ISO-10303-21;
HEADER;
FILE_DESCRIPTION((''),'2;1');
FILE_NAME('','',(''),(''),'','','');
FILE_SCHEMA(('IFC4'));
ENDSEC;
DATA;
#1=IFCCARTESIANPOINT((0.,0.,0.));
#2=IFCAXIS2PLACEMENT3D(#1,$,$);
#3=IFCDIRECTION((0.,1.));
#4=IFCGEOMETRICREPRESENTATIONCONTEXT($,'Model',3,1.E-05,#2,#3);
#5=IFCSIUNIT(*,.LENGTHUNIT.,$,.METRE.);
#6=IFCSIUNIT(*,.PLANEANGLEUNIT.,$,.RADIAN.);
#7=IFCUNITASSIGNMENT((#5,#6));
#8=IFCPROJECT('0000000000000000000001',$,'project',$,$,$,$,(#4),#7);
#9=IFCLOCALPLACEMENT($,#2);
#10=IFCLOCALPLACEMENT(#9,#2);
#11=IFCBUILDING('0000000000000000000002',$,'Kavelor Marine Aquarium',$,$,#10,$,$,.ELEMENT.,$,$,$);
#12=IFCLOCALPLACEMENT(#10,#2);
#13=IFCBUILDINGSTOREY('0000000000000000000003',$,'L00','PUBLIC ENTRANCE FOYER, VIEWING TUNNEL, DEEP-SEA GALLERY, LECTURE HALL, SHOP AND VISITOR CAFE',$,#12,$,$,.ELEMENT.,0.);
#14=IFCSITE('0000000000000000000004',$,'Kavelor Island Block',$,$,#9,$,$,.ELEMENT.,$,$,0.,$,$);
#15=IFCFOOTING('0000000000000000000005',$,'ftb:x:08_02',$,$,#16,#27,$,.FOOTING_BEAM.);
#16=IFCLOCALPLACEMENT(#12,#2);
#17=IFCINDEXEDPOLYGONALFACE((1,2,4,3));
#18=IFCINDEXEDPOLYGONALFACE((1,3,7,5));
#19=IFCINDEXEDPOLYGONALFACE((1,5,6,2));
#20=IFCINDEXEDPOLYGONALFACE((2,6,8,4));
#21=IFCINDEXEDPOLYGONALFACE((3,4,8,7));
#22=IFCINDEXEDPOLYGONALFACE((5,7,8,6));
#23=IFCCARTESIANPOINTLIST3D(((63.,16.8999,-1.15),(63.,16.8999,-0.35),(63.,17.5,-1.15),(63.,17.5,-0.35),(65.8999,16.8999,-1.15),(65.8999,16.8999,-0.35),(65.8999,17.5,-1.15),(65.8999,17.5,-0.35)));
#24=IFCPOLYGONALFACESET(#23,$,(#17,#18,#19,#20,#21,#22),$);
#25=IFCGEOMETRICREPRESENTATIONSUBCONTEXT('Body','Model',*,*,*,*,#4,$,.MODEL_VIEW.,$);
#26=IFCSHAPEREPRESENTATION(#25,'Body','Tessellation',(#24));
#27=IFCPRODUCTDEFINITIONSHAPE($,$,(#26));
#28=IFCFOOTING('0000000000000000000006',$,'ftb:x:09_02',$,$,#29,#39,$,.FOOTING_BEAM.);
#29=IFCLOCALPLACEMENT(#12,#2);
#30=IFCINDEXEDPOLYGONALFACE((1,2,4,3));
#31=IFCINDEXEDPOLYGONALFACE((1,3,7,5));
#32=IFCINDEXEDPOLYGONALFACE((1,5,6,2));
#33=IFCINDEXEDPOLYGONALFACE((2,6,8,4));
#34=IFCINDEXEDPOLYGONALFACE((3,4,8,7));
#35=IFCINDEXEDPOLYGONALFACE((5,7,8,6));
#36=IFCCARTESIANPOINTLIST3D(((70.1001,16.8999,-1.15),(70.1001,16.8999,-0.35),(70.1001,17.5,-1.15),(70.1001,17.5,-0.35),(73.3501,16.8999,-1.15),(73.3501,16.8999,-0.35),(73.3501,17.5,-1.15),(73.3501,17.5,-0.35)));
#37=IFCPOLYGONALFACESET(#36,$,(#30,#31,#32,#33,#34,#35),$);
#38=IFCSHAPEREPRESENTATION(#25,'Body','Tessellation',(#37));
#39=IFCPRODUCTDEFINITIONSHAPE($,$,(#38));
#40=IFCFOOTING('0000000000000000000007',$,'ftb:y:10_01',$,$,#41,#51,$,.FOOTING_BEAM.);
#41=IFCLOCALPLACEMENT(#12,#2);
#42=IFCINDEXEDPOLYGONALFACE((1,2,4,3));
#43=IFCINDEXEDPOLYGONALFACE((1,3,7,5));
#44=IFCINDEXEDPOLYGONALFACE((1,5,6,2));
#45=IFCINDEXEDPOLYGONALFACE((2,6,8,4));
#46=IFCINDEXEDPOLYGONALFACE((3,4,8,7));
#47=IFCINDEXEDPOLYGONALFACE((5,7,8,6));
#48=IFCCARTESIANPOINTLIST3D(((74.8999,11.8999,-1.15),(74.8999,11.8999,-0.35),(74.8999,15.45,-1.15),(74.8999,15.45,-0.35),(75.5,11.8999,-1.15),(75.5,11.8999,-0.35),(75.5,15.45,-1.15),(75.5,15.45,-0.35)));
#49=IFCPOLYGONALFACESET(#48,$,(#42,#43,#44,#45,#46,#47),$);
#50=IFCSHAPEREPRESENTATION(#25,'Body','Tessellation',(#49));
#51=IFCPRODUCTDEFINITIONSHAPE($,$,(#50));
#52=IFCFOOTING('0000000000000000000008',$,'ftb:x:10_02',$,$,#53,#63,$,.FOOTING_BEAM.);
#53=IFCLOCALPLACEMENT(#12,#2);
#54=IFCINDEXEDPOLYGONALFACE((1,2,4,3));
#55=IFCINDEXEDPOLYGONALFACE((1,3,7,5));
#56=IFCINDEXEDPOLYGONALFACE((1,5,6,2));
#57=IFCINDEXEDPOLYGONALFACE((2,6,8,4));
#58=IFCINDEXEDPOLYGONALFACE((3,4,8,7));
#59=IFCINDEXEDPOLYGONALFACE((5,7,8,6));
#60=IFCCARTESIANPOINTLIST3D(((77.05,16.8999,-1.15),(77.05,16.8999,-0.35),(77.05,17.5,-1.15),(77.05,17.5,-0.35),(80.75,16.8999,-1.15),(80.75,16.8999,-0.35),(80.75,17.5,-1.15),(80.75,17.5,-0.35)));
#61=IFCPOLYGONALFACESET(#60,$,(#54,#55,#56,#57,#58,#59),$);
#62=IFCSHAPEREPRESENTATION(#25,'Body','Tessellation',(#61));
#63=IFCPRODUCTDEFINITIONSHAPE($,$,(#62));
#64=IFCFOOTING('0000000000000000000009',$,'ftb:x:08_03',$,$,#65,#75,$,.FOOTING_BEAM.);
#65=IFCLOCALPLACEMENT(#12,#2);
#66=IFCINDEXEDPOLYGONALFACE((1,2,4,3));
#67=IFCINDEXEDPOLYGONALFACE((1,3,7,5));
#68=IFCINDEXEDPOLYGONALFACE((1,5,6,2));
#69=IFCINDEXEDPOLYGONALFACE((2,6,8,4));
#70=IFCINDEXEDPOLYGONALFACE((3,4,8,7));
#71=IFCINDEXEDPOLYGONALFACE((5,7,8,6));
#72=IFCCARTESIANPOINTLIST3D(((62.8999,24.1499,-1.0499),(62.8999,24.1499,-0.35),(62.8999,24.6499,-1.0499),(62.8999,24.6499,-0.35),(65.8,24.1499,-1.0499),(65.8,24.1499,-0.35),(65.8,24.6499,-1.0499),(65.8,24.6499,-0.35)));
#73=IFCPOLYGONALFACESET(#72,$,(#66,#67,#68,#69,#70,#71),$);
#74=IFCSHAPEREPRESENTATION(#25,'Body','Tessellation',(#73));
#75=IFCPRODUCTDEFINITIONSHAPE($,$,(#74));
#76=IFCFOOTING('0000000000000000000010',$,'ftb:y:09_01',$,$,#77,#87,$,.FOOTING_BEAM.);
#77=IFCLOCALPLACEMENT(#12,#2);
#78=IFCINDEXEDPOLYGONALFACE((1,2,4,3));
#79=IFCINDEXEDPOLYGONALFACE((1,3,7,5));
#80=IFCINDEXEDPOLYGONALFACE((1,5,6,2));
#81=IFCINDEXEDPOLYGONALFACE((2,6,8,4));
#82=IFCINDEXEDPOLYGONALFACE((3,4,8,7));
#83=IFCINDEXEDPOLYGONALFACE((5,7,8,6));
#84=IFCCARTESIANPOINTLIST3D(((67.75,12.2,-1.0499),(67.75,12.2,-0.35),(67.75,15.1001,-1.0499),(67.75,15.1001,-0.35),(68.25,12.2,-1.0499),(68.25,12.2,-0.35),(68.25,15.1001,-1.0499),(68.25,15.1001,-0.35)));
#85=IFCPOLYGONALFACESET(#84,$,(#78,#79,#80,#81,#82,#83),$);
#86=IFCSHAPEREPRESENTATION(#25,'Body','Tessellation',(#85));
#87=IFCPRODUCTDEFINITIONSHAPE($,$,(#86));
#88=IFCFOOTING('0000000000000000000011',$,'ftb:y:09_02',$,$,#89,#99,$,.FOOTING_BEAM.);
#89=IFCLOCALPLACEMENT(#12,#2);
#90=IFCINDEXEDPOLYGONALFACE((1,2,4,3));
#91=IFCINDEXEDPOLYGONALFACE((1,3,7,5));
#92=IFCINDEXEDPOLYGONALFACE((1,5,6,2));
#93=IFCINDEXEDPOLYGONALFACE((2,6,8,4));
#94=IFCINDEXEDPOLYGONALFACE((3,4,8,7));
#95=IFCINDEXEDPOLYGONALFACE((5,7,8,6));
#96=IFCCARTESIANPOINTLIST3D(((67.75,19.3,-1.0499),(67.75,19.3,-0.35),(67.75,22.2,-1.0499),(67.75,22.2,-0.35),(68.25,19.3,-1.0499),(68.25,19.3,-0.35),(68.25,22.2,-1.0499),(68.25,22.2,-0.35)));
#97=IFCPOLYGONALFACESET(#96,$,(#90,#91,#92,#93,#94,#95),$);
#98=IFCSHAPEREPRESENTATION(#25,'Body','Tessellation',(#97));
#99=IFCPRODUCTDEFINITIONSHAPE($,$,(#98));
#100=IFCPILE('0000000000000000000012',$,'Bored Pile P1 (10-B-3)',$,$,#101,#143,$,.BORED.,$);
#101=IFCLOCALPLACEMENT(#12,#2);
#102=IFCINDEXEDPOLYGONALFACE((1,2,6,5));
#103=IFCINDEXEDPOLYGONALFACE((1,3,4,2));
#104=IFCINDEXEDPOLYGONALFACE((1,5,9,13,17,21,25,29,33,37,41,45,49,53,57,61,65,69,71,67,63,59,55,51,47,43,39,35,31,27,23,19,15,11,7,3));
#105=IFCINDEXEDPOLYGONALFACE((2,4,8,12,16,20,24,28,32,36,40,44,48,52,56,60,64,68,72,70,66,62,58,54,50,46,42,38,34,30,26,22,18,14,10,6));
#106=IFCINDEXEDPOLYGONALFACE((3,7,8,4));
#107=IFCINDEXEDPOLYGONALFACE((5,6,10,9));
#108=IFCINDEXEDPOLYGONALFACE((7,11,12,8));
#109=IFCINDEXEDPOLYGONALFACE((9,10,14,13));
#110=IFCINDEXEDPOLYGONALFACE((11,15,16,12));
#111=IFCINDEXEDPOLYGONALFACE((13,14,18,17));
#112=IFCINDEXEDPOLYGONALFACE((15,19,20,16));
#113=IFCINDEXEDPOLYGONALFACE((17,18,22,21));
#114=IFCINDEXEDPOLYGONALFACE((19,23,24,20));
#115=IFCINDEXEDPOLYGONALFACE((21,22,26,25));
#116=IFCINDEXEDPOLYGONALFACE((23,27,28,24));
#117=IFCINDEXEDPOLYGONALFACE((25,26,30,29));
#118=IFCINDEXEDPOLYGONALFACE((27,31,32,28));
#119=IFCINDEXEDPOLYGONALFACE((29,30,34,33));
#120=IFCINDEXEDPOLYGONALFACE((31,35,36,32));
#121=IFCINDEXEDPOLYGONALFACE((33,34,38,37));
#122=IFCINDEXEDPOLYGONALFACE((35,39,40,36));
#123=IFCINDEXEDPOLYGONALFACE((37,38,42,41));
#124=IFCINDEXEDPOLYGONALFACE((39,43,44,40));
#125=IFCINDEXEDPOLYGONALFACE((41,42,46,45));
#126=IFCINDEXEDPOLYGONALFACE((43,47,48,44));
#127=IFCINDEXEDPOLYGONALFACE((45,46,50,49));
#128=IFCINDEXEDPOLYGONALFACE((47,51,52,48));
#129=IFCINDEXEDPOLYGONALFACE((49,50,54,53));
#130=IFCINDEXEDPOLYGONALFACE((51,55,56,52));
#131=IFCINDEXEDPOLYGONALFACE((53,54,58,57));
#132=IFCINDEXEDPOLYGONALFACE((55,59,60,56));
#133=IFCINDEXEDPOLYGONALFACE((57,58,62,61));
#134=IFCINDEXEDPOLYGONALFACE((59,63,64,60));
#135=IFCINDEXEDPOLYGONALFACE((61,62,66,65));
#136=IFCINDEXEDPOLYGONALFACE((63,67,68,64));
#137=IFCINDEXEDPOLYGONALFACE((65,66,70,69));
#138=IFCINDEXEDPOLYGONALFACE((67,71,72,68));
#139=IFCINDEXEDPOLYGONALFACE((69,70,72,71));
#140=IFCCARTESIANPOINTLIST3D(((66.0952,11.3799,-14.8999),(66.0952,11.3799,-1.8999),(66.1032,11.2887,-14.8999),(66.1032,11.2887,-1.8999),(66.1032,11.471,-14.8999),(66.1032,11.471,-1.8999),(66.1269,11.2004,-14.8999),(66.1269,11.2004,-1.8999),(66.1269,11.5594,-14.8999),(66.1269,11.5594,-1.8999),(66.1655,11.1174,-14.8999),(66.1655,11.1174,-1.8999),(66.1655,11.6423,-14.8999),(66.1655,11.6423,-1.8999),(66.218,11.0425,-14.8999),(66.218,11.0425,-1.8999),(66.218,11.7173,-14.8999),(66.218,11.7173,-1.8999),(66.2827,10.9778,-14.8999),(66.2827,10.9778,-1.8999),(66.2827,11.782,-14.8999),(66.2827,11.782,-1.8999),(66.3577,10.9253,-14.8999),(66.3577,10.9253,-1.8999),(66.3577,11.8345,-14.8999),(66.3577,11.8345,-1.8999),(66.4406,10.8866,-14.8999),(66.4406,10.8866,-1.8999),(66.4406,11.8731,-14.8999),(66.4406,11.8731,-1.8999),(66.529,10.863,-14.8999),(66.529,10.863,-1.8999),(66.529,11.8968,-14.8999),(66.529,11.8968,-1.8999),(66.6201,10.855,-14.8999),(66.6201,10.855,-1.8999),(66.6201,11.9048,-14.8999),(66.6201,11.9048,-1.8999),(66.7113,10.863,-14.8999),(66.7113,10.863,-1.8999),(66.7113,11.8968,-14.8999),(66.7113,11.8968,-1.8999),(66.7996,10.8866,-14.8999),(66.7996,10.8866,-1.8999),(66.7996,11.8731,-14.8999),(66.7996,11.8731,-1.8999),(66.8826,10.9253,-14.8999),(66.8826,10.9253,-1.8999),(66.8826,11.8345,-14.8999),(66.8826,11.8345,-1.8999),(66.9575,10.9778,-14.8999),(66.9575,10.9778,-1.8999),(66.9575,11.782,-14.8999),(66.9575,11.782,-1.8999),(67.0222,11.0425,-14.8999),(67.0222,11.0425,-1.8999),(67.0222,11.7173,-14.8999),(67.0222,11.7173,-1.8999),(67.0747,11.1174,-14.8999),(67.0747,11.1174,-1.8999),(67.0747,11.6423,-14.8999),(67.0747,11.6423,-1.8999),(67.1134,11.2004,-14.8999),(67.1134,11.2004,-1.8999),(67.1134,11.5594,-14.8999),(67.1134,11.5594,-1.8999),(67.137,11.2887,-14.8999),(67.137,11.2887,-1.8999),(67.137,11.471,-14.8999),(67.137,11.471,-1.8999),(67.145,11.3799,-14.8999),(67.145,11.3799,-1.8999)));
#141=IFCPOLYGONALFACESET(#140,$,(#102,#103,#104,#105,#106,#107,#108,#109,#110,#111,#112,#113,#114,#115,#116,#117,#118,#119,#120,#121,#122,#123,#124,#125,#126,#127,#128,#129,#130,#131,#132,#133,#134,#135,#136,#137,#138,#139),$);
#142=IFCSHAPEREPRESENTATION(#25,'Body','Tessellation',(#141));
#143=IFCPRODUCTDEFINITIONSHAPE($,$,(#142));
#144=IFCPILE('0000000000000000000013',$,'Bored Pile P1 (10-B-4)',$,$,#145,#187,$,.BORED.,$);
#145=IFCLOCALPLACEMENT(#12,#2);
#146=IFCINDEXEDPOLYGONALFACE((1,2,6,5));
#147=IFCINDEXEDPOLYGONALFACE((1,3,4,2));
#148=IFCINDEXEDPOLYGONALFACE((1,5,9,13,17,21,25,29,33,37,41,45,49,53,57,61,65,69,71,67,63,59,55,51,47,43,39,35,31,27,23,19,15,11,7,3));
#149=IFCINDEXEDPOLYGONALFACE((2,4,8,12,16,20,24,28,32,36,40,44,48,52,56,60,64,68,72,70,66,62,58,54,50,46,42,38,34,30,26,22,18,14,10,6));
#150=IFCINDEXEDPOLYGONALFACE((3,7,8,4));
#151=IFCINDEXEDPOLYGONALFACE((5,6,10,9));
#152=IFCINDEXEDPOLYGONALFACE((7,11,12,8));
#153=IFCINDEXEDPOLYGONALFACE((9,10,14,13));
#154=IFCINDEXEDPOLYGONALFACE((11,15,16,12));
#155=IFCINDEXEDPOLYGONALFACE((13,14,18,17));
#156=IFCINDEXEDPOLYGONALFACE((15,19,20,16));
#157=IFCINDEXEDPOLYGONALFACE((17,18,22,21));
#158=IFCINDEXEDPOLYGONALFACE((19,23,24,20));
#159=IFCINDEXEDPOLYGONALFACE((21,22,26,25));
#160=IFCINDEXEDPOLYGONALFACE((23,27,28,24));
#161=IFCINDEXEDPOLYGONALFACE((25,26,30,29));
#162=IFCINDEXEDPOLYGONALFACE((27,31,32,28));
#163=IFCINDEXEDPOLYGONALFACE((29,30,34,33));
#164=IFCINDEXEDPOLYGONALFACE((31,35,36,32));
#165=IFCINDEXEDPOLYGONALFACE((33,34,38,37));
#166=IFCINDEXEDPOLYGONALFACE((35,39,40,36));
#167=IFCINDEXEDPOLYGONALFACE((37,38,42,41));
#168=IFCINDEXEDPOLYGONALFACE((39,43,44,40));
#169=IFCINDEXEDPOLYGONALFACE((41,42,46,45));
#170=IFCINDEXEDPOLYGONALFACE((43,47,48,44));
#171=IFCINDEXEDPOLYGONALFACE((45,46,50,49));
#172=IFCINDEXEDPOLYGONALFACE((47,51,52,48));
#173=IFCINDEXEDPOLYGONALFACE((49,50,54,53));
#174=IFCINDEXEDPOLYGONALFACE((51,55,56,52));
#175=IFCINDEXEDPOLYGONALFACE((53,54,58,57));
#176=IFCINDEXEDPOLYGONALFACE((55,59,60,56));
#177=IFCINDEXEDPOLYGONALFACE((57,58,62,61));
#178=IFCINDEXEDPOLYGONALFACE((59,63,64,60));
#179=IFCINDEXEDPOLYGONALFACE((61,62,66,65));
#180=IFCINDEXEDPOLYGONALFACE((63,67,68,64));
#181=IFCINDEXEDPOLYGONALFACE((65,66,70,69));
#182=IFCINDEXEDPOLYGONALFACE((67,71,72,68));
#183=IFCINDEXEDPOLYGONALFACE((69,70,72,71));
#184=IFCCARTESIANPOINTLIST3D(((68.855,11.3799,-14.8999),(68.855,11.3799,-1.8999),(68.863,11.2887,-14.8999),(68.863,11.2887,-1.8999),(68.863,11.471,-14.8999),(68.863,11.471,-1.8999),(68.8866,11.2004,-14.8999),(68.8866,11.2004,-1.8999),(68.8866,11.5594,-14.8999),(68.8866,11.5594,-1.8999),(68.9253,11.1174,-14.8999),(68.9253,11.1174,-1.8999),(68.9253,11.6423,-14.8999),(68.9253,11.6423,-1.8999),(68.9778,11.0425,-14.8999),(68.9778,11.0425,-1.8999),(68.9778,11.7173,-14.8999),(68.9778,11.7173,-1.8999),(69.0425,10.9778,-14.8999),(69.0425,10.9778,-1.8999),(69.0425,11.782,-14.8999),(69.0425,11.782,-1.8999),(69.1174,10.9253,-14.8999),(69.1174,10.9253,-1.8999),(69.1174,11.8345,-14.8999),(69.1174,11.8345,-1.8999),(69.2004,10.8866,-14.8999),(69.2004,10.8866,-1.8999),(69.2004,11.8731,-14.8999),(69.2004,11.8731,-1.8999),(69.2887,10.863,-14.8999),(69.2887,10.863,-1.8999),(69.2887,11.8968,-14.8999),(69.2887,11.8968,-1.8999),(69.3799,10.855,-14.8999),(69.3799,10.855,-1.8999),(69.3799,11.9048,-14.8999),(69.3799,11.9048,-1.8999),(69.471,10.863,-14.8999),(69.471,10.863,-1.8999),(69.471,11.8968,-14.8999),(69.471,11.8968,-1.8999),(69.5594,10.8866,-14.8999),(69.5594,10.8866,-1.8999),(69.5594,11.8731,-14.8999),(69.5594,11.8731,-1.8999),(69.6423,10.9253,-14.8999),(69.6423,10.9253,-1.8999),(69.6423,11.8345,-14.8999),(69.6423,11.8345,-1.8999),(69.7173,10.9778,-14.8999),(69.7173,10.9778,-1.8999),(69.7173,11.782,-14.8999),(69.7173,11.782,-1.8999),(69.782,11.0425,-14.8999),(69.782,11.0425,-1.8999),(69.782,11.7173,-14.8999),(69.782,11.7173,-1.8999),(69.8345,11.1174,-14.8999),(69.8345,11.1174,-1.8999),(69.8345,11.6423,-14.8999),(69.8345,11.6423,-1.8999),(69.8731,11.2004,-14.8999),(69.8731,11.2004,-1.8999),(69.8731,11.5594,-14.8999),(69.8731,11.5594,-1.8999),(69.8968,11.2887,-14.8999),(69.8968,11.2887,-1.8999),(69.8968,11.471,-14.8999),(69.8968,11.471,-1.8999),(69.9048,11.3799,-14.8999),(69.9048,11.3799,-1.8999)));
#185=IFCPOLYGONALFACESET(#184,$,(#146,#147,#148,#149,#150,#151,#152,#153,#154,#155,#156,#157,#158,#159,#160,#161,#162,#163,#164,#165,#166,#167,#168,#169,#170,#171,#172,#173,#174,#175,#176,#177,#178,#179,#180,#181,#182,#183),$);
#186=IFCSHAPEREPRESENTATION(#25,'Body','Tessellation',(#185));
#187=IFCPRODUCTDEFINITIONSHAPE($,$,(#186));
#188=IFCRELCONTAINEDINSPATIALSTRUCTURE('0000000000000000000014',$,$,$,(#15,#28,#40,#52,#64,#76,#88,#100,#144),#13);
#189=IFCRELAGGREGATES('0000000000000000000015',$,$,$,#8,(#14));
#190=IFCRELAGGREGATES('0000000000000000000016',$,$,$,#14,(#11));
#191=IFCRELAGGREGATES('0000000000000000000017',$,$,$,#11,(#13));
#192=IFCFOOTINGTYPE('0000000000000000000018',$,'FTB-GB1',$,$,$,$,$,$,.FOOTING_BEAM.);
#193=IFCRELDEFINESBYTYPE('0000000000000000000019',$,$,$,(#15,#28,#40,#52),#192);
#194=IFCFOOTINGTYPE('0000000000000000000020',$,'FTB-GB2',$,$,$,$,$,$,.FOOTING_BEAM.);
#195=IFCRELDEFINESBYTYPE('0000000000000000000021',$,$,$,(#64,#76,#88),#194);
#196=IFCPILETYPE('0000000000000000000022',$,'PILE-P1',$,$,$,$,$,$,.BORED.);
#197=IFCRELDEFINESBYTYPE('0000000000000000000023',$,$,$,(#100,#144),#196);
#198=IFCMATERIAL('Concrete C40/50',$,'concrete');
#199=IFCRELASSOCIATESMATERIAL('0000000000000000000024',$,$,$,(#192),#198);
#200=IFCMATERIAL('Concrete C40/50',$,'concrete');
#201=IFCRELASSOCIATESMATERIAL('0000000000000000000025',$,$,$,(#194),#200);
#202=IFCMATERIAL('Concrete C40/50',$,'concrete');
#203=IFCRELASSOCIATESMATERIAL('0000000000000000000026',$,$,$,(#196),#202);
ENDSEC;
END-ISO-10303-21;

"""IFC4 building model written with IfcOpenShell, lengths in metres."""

from ifc_helpers import new_model, si_unit, direction, frame, origin, origin_2d, place, context, subcontext, project, spatial, rectangle, circle, extrude, material, material_profile, profile_set, type_object, element, save


model = new_model("IFC4")

# Units and contexts
model_context = context("Model", 3, precision=1e-05, world=origin(), true_north=direction((0.0, 1.0)))
body_context = subcontext(model_context, "Body", "Model", "MODEL_VIEW")
ifc_project = project(units=[si_unit("LENGTHUNIT", "METRE"), si_unit("PLANEANGLEUNIT", "RADIAN")], contexts=[model_context])

# Site, building, storey
site_placement = place(None, origin())
site = spatial("IfcSite", under=ifc_project, at=site_placement, Name="Kavelor Island Block", CompositionType="ELEMENT", RefElevation=0.0)
building_placement = place(site_placement, origin())
building = spatial("IfcBuilding", under=site, at=building_placement, Name="Kavelor Marine Aquarium", CompositionType="ELEMENT")
storey_placement = place(building_placement, origin())
storey = spatial("IfcBuildingStorey", under=building, at=storey_placement, Name="L00", Description="PUBLIC ENTRANCE FOYER, VIEWING TUNNEL, DEEP-SEA GALLERY, LECTURE HALL, SHOP AND VISITOR CAFE", CompositionType="ELEMENT", Elevation=0.0)

# Footings
ifc_material_1 = material(Name="Concrete C40/50", Category="concrete")
ifc_material_profile_1 = material_profile(ifc_material_1, rectangle(XDim=0.6001, YDim=0.8, at=origin_2d()), Name="GB 600x800")
ifc_profile_set_1 = profile_set([ifc_material_profile_1], Name="Concrete C40/50")
footing_type_1 = type_object("IfcFootingType", Name="FTB-GB1", PredefinedType="FOOTING_BEAM", material=ifc_profile_set_1)
footing_1_placement = place(storey_placement, frame((63.0, 17.2, -0.75), z_axis=(1.0, 0.0, 0.0), x_axis=(0.0, 1.0, 0.0)))
element("IfcFooting", 1, at=footing_1_placement, inside=storey, type_object=footing_type_1, Name="ftb:x:08_02", PredefinedType="FOOTING_BEAM", context=body_context, shape_type="SweptSolid", body=[
    extrude(rectangle(XDim=0.6001, YDim=0.8, at=origin_2d()), origin(), (0.0, 0.0, 1.0), 2.8999),
])
footing_2_placement = place(storey_placement, frame((70.1001, 17.2, -0.75), z_axis=(1.0, 0.0, 0.0), x_axis=(0.0, 1.0, 0.0)))
element("IfcFooting", 2, at=footing_2_placement, inside=storey, type_object=footing_type_1, Name="ftb:x:09_02", PredefinedType="FOOTING_BEAM", context=body_context, shape_type="SweptSolid", body=[
    extrude(rectangle(XDim=0.6001, YDim=0.8, at=origin_2d()), origin(), (0.0, 0.0, 1.0), 3.25),
])
footing_3_placement = place(storey_placement, frame((75.2, 11.8999, -0.75), z_axis=(0.0, 1.0, 0.0), x_axis=(-1.0, 0.0, 0.0)))
element("IfcFooting", 3, at=footing_3_placement, inside=storey, type_object=footing_type_1, Name="ftb:y:10_01", PredefinedType="FOOTING_BEAM", context=body_context, shape_type="SweptSolid", body=[
    extrude(rectangle(XDim=0.6001, YDim=0.8, at=origin_2d()), origin(), (0.0, 0.0, 1.0), 3.55),
])
footing_4_placement = place(storey_placement, frame((77.05, 17.2, -0.75), z_axis=(1.0, 0.0, 0.0), x_axis=(0.0, 1.0, 0.0)))
element("IfcFooting", 4, at=footing_4_placement, inside=storey, type_object=footing_type_1, Name="ftb:x:10_02", PredefinedType="FOOTING_BEAM", context=body_context, shape_type="SweptSolid", body=[
    extrude(rectangle(XDim=0.6001, YDim=0.8, at=origin_2d()), origin(), (0.0, 0.0, 1.0), 3.7),
])
ifc_material_2 = material(Name="Concrete C40/50", Category="concrete")
ifc_material_profile_2 = material_profile(ifc_material_2, rectangle(XDim=0.5, YDim=0.7, at=origin_2d()), Name="GB 500x700")
ifc_profile_set_2 = profile_set([ifc_material_profile_2], Name="Concrete C40/50")
footing_type_2 = type_object("IfcFootingType", Name="FTB-GB2", PredefinedType="FOOTING_BEAM", material=ifc_profile_set_2)
for number, where, z_axis, x_axis, name in (
    (5, (62.8999, 24.3999, -0.7), (1.0, 0.0, 0.0), (0.0, 1.0, 0.0), "ftb:x:08_03"),
    (6, (68.0, 12.2, -0.7), (0.0, 1.0, 0.0), (-1.0, 0.0, 0.0), "ftb:y:09_01"),
):
    element("IfcFooting", number, at=place(storey_placement, frame(where, z_axis=z_axis, x_axis=x_axis)), inside=storey, type_object=footing_type_2, Name=name, PredefinedType="FOOTING_BEAM", context=body_context, shape_type="SweptSolid", body=[
        extrude(rectangle(XDim=0.5, YDim=0.7, at=origin_2d()), origin(), (0.0, 0.0, 1.0), 2.9001),
    ])
footing_5_placement = place(storey_placement, frame((68.0, 19.3, -0.7), z_axis=(0.0, 1.0, 0.0), x_axis=(-1.0, 0.0, 0.0)))
element("IfcFooting", 7, at=footing_5_placement, inside=storey, type_object=footing_type_2, Name="ftb:y:09_02", PredefinedType="FOOTING_BEAM", context=body_context, shape_type="SweptSolid", body=[
    extrude(rectangle(XDim=0.5, YDim=0.7, at=origin_2d()), origin(), (0.0, 0.0, 1.0), 2.8999),
])

# Piles
ifc_material_3 = material(Name="Concrete C40/50", Category="concrete")
ifc_material_profile_3 = material_profile(ifc_material_3, circle(Radius=0.5249, at=origin_2d()), Name="PILE D1050")
ifc_profile_set_3 = profile_set([ifc_material_profile_3], Name="Concrete C40/50")
pile_type_1 = type_object("IfcPileType", Name="PILE-P1", PredefinedType="BORED", material=ifc_profile_set_3)
for number, where, z_axis, x_axis, name in (
    (8, (66.6201, 11.3799, -1.8999), (0.0, 0.0, -1.0), (1.0, 0.0, 0.0), "Bored Pile P1 (10-B-3)"),
    (9, (69.3799, 11.3799, -1.8999), (0.0, 0.0, -1.0), (1.0, 0.0, 0.0), "Bored Pile P1 (10-B-4)"),
):
    element("IfcPile", number, at=place(storey_placement, frame(where, z_axis=z_axis, x_axis=x_axis)), inside=storey, type_object=pile_type_1, Name=name, PredefinedType="BORED", context=body_context, shape_type="SweptSolid", body=[
        extrude(circle(Radius=0.5249, at=origin_2d()), origin(), (0.0, 0.0, 1.0), 13.0),
    ])

save(model, "model.ifc")
